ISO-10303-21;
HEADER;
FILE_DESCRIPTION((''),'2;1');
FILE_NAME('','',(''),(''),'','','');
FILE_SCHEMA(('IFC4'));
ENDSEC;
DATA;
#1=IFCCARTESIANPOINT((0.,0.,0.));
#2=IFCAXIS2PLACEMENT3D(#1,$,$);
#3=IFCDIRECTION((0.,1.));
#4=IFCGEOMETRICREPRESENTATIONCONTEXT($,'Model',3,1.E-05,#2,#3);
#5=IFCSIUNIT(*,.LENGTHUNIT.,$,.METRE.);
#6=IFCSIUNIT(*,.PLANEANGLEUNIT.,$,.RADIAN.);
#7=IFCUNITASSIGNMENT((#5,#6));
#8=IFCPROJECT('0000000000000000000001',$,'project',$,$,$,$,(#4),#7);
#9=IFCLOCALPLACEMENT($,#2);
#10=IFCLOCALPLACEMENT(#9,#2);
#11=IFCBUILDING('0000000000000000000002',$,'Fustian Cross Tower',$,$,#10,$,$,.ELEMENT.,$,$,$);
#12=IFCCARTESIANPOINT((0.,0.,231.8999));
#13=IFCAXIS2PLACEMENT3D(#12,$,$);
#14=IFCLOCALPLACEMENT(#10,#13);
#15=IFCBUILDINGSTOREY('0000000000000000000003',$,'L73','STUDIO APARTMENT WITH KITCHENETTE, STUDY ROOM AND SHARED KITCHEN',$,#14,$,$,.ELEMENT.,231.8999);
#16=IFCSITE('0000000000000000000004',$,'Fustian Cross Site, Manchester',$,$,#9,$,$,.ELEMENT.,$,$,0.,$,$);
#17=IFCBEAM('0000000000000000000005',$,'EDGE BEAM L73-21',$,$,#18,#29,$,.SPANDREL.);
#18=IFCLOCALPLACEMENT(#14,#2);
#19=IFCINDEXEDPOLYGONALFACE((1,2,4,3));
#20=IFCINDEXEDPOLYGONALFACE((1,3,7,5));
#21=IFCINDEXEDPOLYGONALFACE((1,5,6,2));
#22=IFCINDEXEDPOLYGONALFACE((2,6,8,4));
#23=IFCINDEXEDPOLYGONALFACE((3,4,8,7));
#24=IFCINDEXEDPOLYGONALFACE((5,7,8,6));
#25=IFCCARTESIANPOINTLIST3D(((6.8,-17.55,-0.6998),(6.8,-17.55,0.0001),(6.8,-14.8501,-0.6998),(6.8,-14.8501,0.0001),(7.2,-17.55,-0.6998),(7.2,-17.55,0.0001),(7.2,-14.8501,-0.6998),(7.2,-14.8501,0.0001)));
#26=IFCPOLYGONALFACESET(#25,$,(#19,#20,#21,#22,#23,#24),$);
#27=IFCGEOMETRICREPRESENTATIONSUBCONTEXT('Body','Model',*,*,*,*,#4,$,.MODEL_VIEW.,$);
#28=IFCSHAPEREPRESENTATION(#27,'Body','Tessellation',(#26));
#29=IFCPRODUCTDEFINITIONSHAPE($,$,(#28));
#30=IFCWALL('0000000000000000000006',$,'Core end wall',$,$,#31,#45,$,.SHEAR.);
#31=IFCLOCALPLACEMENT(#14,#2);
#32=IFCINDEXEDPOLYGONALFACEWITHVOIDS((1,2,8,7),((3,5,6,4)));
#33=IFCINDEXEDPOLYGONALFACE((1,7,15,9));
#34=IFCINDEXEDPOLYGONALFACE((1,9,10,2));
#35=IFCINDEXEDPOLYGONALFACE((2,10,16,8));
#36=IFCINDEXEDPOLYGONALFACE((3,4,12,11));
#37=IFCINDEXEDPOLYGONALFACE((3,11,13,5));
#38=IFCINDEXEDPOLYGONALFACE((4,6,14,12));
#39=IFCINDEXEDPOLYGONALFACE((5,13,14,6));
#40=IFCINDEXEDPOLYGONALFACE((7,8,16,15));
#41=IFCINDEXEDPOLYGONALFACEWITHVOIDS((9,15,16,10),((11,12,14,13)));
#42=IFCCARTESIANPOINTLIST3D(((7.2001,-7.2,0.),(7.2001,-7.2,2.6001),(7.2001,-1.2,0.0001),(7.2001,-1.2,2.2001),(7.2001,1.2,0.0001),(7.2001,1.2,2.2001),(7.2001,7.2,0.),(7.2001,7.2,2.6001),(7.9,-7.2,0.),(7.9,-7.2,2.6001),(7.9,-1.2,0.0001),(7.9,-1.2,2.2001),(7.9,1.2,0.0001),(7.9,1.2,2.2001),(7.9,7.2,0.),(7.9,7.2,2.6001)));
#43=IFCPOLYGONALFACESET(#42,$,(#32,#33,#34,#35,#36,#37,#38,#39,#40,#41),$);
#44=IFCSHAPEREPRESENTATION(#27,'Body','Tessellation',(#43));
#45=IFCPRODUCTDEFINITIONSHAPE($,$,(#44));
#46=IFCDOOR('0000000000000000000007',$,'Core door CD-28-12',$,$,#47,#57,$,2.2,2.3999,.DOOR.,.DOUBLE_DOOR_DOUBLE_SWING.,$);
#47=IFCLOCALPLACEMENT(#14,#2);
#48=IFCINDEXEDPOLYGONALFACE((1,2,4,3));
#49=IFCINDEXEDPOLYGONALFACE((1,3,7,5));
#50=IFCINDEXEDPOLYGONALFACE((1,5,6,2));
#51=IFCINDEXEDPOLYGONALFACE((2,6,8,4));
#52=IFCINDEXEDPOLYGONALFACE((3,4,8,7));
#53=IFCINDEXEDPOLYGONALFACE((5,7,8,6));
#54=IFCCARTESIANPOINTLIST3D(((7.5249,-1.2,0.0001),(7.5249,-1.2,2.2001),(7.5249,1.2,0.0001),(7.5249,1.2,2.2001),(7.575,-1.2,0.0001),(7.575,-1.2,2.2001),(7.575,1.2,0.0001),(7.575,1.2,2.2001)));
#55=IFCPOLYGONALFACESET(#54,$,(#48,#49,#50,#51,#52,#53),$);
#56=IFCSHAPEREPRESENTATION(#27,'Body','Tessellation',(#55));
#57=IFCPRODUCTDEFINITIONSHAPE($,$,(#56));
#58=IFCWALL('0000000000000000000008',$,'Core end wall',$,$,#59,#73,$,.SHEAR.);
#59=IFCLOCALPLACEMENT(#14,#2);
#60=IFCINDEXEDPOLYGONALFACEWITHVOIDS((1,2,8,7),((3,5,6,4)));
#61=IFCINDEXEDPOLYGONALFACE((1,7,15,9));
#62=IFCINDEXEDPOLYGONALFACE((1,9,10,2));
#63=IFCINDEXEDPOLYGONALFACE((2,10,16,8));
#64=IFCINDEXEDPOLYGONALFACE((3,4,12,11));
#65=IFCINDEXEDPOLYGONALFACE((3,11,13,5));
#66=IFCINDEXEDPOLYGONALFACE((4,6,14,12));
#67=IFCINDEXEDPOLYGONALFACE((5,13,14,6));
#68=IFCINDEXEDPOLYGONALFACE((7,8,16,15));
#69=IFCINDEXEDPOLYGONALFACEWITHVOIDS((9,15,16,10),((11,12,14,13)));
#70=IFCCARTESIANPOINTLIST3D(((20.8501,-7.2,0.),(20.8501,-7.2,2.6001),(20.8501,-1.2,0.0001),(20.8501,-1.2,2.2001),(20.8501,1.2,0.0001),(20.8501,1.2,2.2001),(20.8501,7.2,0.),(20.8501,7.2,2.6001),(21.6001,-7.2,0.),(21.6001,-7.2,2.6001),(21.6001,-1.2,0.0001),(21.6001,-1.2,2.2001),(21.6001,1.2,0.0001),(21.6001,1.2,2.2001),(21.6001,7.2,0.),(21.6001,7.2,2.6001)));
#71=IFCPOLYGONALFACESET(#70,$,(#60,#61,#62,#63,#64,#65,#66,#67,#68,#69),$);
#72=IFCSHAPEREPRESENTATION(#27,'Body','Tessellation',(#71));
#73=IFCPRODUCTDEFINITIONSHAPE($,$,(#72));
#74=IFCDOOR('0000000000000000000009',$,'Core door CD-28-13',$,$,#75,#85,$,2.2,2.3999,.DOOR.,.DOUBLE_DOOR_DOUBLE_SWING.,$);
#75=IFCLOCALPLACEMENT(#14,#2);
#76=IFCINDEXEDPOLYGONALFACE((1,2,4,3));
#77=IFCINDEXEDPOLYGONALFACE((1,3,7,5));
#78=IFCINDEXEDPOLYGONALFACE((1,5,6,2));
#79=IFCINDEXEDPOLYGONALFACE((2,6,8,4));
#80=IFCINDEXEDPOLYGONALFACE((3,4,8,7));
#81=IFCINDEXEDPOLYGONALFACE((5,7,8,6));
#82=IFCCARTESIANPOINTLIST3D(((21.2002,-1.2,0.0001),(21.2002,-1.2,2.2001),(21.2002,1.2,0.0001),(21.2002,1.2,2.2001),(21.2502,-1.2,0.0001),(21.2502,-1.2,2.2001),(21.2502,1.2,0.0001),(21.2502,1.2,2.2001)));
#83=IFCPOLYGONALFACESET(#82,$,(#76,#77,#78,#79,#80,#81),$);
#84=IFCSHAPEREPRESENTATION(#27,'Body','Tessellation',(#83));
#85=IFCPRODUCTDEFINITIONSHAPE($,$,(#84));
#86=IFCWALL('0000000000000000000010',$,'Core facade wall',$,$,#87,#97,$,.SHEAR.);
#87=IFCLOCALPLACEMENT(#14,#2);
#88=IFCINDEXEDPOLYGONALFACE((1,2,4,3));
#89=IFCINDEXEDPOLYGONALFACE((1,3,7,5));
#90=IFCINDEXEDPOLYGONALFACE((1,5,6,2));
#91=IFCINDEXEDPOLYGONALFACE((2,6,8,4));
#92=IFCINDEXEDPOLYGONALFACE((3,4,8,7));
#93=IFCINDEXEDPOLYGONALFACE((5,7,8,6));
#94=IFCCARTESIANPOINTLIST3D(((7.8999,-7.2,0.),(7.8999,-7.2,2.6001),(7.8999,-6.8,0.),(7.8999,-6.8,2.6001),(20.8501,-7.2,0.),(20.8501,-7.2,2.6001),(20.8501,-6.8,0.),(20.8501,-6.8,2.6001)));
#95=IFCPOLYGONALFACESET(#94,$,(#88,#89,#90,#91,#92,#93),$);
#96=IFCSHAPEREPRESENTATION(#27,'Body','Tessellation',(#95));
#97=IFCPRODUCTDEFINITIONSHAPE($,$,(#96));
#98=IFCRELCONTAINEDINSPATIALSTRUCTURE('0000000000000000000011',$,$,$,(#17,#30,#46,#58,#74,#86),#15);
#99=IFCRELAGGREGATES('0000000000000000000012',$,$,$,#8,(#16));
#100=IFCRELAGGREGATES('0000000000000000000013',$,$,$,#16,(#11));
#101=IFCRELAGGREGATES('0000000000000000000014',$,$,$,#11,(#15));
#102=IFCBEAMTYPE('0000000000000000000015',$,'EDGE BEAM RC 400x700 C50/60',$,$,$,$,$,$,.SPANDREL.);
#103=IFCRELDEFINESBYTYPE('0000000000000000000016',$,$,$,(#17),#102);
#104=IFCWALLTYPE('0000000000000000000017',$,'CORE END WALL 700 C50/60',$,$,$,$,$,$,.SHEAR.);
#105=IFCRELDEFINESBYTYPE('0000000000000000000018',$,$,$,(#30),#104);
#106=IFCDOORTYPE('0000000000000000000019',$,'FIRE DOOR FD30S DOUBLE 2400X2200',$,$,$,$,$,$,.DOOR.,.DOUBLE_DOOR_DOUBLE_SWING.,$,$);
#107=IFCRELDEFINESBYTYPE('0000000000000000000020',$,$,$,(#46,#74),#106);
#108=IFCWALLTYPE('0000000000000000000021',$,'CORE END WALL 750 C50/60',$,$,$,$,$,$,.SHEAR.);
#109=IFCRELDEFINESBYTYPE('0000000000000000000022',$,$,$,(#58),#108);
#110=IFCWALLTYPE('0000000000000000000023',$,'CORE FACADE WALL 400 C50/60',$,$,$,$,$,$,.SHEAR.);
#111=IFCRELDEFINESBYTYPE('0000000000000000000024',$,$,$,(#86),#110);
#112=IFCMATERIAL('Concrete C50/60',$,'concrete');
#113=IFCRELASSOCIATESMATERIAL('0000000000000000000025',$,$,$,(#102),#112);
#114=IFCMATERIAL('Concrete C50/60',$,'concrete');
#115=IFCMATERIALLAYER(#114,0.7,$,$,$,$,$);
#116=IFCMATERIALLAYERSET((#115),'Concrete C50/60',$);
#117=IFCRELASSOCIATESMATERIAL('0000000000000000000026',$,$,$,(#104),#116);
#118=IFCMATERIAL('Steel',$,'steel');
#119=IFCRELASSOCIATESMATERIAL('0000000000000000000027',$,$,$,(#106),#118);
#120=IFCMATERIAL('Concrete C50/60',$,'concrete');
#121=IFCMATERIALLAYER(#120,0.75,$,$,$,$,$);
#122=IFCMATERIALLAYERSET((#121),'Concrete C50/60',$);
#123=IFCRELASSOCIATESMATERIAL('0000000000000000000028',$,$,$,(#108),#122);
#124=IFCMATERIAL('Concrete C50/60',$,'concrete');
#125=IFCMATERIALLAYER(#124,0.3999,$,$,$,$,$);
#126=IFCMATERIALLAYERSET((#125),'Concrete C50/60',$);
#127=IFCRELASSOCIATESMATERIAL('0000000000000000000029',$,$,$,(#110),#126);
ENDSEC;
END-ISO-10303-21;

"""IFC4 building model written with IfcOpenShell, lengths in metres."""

from ifc_helpers import new_model, si_unit, direction, frame, frame_2d, origin, origin_2d, place, context, subcontext, project, spatial, rectangle, extrude, material, layer, layer_set, material_profile, profile_set, type_object, element, fill, save


model = new_model("IFC4")

# Units and contexts
model_context = context("Model", 3, precision=1e-05, world=origin(), true_north=direction((0.0, 1.0)))
body_context = subcontext(model_context, "Body", "Model", "MODEL_VIEW")
ifc_project = project(units=[si_unit("LENGTHUNIT", "METRE"), si_unit("PLANEANGLEUNIT", "RADIAN")], contexts=[model_context])

# Site, building, storey
site_placement = place(None, origin())
site = spatial("IfcSite", under=ifc_project, at=site_placement, Name="Fustian Cross Site, Manchester", CompositionType="ELEMENT", RefElevation=0.0)
building_placement = place(site_placement, origin())
building = spatial("IfcBuilding", under=site, at=building_placement, Name="Fustian Cross Tower", CompositionType="ELEMENT")
storey_placement = place(building_placement, frame((0.0, 0.0, 231.8999)))
storey = spatial("IfcBuildingStorey", under=building, at=storey_placement, Name="L73", Description="STUDIO APARTMENT WITH KITCHENETTE, STUDY ROOM AND SHARED KITCHEN", CompositionType="ELEMENT", Elevation=231.8999)

# Beam
ifc_material_1 = material(Name="Concrete C50/60", Category="concrete")
ifc_material_profile = material_profile(ifc_material_1, rectangle(XDim=0.3999, YDim=0.7, at=origin_2d()), Name="RC 400x700")
ifc_profile_set = profile_set([ifc_material_profile], Name="Concrete C50/60")
beam_type = type_object("IfcBeamType", Name="EDGE BEAM RC 400x700 C50/60", PredefinedType="SPANDREL", material=ifc_profile_set)
beam_placement = place(storey_placement, frame((7.0, -17.55, -0.3499), z_axis=(0.0, 1.0, 0.0), x_axis=(-1.0, 0.0, 0.0)))
element("IfcBeam", 1, at=beam_placement, inside=storey, type_object=beam_type, Name="EDGE BEAM L73-21", PredefinedType="SPANDREL", context=body_context, shape_type="SweptSolid", body=[
    extrude(rectangle(XDim=0.3999, YDim=0.7, at=origin_2d()), origin(), (0.0, 0.0, 1.0), 2.7),
])

# Walls, openings, doors
ifc_material_2 = material(Name="Concrete C50/60", Category="concrete")
ifc_layer_1 = layer(ifc_material_2, 0.7)
ifc_layer_set_1 = layer_set([ifc_layer_1], Name="Concrete C50/60")
wall_type_1 = type_object("IfcWallType", Name="CORE END WALL 700 C50/60", PredefinedType="SHEAR", material=ifc_layer_set_1)
wall_1_placement = place(storey_placement, frame((7.55, -7.2, 0.0), z_axis=(0.0, 0.0, 1.0), x_axis=(0.0, 1.0, 0.0)))
wall_1 = element("IfcWall", 2, at=wall_1_placement, inside=storey, type_object=wall_type_1, Name="Core end wall", PredefinedType="SHEAR", context=body_context, shape_type="SweptSolid", body=[
    extrude(rectangle(XDim=14.3999, YDim=0.7, at=frame_2d((7.2, 0.0))), origin(), (0.0, 0.0, 1.0), 2.6001),
])
opening_1_placement = place(wall_1_placement, frame((6.0, 0.0, 0.0)))
opening_1 = element("IfcOpeningElement", 3, at=opening_1_placement, cuts=wall_1, PredefinedType="OPENING", context=body_context, shape_type="SweptSolid", body=[
    extrude(rectangle(XDim=2.3999, YDim=2.2, at=frame_2d((1.2, 1.1001))), frame((0.0, 0.3599, 0.0), z_axis=(0.0, -1.0, 0.0), x_axis=(1.0, 0.0, 0.0)), (0.0, 0.0, 1.0), 0.72),
])
ifc_material_3 = material(Name="Steel", Category="steel")
door_type_1 = type_object("IfcDoorType", Name="FIRE DOOR FD30S DOUBLE 2400X2200", OperationType="DOUBLE_DOOR_DOUBLE_SWING", PredefinedType="DOOR", material=ifc_material_3)
door_1_placement = place(opening_1_placement, frame((2.3999, 0.0, 0.0), z_axis=(0.0, 0.0, 1.0), x_axis=(-1.0, 0.0, 0.0)))
door_1 = element("IfcDoor", 4, at=door_1_placement, inside=storey, type_object=door_type_1, Name="Core door CD-28-12", OperationType="DOUBLE_DOOR_DOUBLE_SWING", OverallHeight=2.2, OverallWidth=2.3999, PredefinedType="DOOR", context=body_context, shape_type="SweptSolid", body=[
    extrude(rectangle(XDim=2.3999, YDim=2.2, at=frame_2d((1.2, 1.1001))), frame((0.0, 0.0249, 0.0), z_axis=(0.0, -1.0, 0.0), x_axis=(1.0, 0.0, 0.0)), (0.0, 0.0, 1.0), 0.05),
])
fill(opening_1, door_1)
ifc_material_4 = material(Name="Concrete C50/60", Category="concrete")
ifc_layer_2 = layer(ifc_material_4, 0.75)
ifc_layer_set_2 = layer_set([ifc_layer_2], Name="Concrete C50/60")
wall_type_2 = type_object("IfcWallType", Name="CORE END WALL 750 C50/60", PredefinedType="SHEAR", material=ifc_layer_set_2)
wall_2_placement = place(storey_placement, frame((21.2251, -7.2, 0.0), z_axis=(0.0, 0.0, 1.0), x_axis=(0.0, 1.0, 0.0)))
wall_2 = element("IfcWall", 5, at=wall_2_placement, inside=storey, type_object=wall_type_2, Name="Core end wall", PredefinedType="SHEAR", context=body_context, shape_type="SweptSolid", body=[
    extrude(rectangle(XDim=14.3999, YDim=0.75, at=frame_2d((7.2, 0.0))), origin(), (0.0, 0.0, 1.0), 2.6001),
])
opening_2_placement = place(wall_2_placement, frame((6.0, 0.0, 0.0)))
opening_2 = element("IfcOpeningElement", 6, at=opening_2_placement, cuts=wall_2, PredefinedType="OPENING", context=body_context, shape_type="SweptSolid", body=[
    extrude(rectangle(XDim=2.3999, YDim=2.2, at=frame_2d((1.2, 1.1001))), frame((0.0, 0.385, 0.0), z_axis=(0.0, -1.0, 0.0), x_axis=(1.0, 0.0, 0.0)), (0.0, 0.0, 1.0), 0.77),
])
door_2_placement = place(opening_2_placement, origin())
door_2 = element("IfcDoor", 7, at=door_2_placement, inside=storey, type_object=door_type_1, Name="Core door CD-28-13", OperationType="DOUBLE_DOOR_DOUBLE_SWING", OverallHeight=2.2, OverallWidth=2.3999, PredefinedType="DOOR", context=body_context, shape_type="SweptSolid", body=[
    extrude(rectangle(XDim=2.3999, YDim=2.2, at=frame_2d((1.2, 1.1001))), frame((0.0, 0.0249, 0.0), z_axis=(0.0, -1.0, 0.0), x_axis=(1.0, 0.0, 0.0)), (0.0, 0.0, 1.0), 0.05),
])
fill(opening_2, door_2)

# Wall
ifc_material_5 = material(Name="Concrete C50/60", Category="concrete")
ifc_layer_3 = layer(ifc_material_5, 0.3999)
ifc_layer_set_3 = layer_set([ifc_layer_3], Name="Concrete C50/60")
wall_type_3 = type_object("IfcWallType", Name="CORE FACADE WALL 400 C50/60", PredefinedType="SHEAR", material=ifc_layer_set_3)
wall_3_placement = place(storey_placement, frame((7.8999, -7.0, 0.0), z_axis=(0.0, 0.0, 1.0), x_axis=(1.0, 0.0, 0.0)))
element("IfcWall", 8, at=wall_3_placement, inside=storey, type_object=wall_type_3, Name="Core facade wall", PredefinedType="SHEAR", context=body_context, shape_type="SweptSolid", body=[
    extrude(rectangle(XDim=12.9502, YDim=0.3999, at=frame_2d((6.4751, 0.0))), origin(), (0.0, 0.0, 1.0), 2.6001),
])

save(model, "model.ifc")
